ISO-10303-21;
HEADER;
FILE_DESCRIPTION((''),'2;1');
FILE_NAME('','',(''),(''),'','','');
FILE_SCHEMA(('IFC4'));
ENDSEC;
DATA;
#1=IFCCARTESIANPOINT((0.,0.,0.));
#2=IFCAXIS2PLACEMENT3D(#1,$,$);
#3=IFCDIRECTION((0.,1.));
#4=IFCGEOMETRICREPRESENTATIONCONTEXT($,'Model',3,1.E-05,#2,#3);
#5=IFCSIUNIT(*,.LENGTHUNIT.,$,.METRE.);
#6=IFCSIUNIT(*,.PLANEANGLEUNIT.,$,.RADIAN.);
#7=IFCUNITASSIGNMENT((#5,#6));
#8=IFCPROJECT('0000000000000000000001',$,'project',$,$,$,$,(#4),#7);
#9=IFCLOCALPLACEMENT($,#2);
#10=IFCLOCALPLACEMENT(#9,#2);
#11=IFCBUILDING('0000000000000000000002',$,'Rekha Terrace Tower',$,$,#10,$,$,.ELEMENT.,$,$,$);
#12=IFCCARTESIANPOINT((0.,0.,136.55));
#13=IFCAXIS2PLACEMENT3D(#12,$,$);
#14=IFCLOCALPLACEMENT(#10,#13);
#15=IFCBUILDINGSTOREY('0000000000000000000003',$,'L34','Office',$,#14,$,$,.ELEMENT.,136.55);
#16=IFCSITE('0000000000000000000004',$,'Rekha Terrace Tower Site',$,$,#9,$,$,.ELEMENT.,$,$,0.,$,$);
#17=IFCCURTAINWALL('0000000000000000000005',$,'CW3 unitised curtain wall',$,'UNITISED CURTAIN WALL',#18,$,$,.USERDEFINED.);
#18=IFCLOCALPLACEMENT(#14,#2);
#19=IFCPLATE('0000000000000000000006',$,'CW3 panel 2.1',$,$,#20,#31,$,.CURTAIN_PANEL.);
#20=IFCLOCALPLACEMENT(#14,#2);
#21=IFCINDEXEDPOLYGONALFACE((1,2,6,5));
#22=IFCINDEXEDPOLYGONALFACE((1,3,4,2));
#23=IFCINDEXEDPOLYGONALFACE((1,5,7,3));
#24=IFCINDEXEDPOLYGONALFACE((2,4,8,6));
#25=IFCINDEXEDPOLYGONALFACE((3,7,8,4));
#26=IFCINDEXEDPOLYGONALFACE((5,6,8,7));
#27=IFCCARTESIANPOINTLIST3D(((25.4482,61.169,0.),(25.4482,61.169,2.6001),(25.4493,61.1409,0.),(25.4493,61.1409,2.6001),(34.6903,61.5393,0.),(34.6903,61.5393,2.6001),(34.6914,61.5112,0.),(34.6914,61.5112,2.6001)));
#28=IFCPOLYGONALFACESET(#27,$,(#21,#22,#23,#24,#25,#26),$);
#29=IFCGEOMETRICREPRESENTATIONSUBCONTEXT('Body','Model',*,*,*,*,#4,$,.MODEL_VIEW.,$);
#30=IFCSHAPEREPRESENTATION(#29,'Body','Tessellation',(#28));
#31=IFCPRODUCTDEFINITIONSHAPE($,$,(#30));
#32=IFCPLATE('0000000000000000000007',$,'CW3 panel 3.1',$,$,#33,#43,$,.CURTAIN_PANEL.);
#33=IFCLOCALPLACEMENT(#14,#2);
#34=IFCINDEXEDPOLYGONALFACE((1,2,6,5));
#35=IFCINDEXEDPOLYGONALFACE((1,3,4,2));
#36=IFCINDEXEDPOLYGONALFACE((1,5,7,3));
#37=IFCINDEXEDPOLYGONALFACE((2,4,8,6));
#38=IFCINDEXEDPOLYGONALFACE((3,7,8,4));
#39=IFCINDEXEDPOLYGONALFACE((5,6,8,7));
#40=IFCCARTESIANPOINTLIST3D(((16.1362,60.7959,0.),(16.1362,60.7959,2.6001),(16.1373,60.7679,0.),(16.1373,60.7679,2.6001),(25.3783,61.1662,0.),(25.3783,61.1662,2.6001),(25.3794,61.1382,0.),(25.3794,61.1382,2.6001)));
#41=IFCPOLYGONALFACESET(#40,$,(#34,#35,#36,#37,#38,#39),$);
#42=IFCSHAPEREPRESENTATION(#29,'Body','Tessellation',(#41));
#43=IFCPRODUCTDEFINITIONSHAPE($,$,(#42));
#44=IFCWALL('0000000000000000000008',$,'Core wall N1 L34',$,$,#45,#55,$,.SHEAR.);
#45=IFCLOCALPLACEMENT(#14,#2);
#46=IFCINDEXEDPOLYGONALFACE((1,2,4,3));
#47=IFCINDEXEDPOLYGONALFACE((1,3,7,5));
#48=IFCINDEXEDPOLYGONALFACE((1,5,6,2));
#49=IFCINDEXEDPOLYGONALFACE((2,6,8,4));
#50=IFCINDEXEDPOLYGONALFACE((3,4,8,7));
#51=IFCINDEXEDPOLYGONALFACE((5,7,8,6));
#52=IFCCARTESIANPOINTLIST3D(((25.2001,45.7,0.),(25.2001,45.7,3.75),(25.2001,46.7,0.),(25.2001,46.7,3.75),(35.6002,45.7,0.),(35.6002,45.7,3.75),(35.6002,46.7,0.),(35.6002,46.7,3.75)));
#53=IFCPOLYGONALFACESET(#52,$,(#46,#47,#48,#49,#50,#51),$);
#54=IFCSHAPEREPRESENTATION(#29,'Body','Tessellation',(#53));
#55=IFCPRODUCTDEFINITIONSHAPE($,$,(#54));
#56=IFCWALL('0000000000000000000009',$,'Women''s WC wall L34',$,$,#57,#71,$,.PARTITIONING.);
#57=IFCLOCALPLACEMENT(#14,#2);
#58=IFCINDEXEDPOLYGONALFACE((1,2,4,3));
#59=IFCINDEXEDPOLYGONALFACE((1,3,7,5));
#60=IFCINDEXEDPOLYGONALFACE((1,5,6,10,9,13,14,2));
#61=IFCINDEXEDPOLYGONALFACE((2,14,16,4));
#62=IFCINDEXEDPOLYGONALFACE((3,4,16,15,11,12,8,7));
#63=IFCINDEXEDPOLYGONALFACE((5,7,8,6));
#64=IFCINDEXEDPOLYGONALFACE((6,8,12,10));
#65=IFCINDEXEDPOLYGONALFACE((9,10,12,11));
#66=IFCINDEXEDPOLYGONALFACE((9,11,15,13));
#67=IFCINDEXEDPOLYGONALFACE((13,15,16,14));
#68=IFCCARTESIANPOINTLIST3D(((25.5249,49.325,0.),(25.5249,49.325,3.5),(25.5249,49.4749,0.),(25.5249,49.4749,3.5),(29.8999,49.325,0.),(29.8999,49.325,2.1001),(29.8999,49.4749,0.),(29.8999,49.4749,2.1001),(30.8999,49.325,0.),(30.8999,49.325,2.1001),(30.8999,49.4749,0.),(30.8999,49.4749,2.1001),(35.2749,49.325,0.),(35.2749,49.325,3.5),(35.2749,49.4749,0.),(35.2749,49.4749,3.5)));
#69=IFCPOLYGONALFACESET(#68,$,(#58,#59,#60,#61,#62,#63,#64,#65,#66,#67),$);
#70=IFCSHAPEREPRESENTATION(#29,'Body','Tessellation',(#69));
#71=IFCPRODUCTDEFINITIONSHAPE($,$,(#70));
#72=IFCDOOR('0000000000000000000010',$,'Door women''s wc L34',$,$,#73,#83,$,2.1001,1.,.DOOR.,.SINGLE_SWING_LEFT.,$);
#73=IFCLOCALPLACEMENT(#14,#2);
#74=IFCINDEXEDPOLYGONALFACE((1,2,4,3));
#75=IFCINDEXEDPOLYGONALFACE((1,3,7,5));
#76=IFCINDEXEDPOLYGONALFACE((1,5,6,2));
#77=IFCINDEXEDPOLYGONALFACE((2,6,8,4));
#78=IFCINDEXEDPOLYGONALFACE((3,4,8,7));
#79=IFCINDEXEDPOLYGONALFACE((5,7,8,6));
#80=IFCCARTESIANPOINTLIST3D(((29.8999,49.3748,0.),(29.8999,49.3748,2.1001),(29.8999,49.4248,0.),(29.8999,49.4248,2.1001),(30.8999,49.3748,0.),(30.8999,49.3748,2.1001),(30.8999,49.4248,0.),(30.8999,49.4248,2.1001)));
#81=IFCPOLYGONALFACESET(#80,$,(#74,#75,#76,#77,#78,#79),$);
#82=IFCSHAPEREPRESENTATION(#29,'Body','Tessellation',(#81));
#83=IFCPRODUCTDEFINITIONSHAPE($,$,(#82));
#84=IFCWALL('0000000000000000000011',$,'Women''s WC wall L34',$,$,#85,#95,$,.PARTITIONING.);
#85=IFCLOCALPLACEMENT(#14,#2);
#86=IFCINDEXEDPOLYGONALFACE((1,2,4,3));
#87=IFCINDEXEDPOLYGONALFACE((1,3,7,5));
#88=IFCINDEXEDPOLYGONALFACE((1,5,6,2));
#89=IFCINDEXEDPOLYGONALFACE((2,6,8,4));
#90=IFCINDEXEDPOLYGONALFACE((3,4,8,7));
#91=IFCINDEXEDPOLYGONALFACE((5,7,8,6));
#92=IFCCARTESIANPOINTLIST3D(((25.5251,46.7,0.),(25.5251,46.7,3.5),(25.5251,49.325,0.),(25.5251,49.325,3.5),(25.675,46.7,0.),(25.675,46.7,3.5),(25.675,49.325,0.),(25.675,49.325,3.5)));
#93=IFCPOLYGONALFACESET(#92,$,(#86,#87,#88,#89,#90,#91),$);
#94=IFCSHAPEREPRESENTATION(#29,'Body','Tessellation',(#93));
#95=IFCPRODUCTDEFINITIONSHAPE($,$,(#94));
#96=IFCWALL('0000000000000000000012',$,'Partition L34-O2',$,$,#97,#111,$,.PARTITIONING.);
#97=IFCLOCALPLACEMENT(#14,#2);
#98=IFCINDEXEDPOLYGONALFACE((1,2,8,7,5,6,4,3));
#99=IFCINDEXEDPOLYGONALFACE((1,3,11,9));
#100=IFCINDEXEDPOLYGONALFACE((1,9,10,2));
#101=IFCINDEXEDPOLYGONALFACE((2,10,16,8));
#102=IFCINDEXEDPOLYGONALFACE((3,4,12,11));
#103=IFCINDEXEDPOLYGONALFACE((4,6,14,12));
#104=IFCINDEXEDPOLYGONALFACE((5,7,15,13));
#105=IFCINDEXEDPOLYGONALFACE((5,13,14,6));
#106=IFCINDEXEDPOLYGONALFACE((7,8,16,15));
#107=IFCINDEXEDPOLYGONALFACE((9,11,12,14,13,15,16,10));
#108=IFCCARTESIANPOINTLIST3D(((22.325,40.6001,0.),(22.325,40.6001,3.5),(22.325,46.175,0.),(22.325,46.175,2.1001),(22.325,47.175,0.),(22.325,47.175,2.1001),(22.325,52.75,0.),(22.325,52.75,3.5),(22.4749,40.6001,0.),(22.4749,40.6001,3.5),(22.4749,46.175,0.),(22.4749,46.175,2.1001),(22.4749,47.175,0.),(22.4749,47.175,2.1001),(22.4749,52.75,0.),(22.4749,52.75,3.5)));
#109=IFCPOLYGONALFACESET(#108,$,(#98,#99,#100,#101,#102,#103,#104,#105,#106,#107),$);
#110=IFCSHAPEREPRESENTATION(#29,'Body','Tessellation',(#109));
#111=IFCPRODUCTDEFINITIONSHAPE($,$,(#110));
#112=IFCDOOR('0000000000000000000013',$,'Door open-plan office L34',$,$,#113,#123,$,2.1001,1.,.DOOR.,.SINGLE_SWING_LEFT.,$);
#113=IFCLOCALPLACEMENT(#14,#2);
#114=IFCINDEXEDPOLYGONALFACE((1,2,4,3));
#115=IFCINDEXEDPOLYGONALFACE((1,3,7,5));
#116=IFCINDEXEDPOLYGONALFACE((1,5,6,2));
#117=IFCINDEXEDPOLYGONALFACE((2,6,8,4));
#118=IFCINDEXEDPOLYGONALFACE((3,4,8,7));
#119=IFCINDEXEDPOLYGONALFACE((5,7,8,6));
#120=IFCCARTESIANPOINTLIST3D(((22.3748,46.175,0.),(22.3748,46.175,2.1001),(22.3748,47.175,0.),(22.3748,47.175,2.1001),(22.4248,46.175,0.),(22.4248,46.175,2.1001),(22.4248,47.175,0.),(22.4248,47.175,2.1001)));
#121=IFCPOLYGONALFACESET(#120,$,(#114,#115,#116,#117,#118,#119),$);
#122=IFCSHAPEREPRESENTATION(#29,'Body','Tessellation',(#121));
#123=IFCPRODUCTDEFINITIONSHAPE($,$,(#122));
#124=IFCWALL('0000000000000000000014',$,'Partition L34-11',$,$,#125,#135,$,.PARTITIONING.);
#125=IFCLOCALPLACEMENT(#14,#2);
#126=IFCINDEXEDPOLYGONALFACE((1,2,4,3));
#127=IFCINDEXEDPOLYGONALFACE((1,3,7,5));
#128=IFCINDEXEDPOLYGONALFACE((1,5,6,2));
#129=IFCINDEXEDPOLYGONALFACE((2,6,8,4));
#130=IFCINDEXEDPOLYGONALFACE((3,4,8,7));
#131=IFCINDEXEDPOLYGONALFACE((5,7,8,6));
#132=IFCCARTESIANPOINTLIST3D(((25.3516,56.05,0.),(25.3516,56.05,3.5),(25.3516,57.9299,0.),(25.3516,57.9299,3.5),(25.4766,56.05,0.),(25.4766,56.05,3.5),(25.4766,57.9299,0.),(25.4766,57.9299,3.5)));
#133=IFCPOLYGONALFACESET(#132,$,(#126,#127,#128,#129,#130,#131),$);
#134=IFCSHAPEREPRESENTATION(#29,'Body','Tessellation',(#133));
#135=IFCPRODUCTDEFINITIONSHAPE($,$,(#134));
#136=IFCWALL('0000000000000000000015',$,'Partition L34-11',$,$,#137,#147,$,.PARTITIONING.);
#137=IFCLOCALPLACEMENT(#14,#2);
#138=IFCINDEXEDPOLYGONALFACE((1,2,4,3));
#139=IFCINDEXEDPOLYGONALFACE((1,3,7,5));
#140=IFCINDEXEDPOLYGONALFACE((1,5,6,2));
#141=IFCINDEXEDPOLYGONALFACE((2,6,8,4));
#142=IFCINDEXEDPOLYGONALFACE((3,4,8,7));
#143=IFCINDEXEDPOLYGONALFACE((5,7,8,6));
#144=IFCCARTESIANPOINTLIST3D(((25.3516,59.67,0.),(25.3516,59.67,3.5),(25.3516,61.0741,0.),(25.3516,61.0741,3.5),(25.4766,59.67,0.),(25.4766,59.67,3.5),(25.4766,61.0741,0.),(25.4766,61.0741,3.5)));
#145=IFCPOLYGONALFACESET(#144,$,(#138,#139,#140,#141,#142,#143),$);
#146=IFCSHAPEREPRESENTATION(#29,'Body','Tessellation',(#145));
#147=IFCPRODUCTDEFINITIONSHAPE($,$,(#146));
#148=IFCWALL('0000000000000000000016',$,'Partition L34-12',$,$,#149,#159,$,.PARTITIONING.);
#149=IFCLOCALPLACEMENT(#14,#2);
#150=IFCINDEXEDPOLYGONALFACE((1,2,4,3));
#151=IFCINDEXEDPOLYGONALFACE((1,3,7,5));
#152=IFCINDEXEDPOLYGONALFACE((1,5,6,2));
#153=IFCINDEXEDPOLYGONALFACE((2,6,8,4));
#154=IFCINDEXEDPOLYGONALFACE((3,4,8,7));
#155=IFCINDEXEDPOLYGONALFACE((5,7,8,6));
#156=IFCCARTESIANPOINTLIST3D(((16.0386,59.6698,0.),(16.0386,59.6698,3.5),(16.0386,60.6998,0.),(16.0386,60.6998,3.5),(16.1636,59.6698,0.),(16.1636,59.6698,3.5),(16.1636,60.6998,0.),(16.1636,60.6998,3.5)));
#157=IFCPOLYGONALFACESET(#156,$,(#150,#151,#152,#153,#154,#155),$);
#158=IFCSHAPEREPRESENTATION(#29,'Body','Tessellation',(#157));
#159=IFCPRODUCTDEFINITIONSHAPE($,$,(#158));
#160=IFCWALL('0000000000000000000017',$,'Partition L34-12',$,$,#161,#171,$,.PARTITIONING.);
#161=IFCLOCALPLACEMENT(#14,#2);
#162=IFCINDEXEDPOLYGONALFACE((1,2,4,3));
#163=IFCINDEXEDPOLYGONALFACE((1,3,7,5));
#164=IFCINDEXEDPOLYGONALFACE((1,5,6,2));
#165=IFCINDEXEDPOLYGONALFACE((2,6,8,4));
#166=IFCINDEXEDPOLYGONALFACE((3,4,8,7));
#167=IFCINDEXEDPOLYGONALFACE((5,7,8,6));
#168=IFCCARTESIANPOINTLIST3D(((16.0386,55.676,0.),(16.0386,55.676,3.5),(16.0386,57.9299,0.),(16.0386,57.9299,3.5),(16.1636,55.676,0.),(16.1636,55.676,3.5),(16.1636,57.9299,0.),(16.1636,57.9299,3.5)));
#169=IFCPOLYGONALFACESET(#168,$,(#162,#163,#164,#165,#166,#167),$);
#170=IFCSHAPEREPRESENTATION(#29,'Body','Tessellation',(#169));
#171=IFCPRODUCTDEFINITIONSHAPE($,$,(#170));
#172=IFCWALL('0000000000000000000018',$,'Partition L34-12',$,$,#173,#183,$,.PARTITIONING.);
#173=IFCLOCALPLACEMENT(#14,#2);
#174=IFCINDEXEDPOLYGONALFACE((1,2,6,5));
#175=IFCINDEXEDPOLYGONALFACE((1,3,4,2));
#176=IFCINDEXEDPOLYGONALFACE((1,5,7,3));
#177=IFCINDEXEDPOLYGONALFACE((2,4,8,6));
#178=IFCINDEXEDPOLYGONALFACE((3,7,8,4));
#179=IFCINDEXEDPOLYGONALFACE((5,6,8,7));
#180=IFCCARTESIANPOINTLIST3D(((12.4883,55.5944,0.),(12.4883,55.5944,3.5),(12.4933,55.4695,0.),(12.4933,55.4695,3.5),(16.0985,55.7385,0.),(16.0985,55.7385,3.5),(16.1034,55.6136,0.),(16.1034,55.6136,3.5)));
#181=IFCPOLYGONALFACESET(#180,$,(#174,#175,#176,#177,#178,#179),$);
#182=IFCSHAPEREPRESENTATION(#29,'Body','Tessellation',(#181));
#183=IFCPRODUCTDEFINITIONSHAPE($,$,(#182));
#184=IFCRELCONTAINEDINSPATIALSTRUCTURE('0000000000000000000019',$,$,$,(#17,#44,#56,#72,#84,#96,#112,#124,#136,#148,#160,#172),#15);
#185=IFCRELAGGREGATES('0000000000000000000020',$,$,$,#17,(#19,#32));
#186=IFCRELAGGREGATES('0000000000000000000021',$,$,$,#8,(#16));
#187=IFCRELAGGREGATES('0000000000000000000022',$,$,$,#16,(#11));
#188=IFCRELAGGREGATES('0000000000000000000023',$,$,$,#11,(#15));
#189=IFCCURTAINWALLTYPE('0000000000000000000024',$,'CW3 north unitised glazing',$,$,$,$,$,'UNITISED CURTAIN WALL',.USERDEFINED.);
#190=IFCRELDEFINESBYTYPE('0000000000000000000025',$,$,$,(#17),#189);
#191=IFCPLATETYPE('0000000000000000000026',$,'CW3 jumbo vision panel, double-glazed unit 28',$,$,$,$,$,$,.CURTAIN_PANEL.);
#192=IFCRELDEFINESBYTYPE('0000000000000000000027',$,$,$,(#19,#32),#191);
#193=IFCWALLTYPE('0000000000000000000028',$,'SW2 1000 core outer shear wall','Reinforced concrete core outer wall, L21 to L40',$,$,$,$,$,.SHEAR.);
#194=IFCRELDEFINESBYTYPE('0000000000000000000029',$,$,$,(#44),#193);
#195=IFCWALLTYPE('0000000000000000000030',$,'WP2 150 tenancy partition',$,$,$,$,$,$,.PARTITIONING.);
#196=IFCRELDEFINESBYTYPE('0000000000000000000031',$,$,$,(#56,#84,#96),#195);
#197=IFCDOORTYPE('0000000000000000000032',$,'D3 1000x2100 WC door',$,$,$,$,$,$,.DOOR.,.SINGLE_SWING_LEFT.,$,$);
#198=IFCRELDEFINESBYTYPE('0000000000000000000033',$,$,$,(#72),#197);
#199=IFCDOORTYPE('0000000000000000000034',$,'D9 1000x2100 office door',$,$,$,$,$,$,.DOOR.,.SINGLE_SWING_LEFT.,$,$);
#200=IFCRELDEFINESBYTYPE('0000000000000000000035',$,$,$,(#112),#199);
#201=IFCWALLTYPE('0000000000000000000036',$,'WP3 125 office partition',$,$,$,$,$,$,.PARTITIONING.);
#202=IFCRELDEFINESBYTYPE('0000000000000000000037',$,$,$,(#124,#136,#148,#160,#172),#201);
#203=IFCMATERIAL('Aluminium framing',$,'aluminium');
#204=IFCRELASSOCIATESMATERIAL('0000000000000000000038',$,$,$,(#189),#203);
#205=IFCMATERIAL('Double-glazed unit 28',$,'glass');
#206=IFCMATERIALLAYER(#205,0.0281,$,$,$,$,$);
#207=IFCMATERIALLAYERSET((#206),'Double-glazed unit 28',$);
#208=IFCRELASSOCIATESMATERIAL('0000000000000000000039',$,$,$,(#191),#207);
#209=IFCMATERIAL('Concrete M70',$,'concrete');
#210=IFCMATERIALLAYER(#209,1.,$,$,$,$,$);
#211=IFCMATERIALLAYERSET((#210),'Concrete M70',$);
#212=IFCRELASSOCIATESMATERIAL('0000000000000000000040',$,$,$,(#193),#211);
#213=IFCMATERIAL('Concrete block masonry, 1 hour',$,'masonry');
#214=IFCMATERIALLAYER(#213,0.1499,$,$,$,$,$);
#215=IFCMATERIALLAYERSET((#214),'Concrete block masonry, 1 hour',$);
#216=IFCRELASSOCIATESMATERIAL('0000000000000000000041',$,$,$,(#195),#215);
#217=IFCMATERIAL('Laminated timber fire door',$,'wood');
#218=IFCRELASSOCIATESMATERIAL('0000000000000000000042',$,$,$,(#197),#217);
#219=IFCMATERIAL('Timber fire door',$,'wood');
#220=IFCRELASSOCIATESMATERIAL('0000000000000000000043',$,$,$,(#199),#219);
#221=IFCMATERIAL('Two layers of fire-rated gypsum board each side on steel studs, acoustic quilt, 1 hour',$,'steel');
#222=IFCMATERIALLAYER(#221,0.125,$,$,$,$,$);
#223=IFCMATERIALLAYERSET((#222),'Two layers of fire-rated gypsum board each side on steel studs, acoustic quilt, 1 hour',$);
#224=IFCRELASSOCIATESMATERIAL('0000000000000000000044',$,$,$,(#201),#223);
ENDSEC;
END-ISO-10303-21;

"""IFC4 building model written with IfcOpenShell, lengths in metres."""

from ifc_helpers import new_model, si_unit, direction, frame, frame_2d, origin, origin_2d, place, context, subcontext, project, spatial, rectangle, extrude, material, layer, layer_set, type_object, element, fill, aggregate, save


model = new_model("IFC4")

# Units and contexts
model_context = context("Model", 3, precision=1e-05, world=origin(), true_north=direction((0.0, 1.0)))
body_context = subcontext(model_context, "Body", "Model", "MODEL_VIEW")
ifc_project = project(units=[si_unit("LENGTHUNIT", "METRE"), si_unit("PLANEANGLEUNIT", "RADIAN")], contexts=[model_context])

# Site, building, storey
site_placement = place(None, origin())
site = spatial("IfcSite", under=ifc_project, at=site_placement, Name="Rekha Terrace Tower Site", CompositionType="ELEMENT", RefElevation=0.0)
building_placement = place(site_placement, origin())
building = spatial("IfcBuilding", under=site, at=building_placement, Name="Rekha Terrace Tower", CompositionType="ELEMENT")
storey_placement = place(building_placement, frame((0.0, 0.0, 136.55)))
storey = spatial("IfcBuildingStorey", under=building, at=storey_placement, Name="L34", Description="Office", CompositionType="ELEMENT", Elevation=136.55)

# Shared definitions
ifc_material_1 = material(Name="Concrete M70", Category="concrete")

# Curtain wall, plates
ifc_material_2 = material(Name="Aluminium framing", Category="aluminium")
curtain_wall_type = type_object("IfcCurtainWallType", Name="CW3 north unitised glazing", ElementType="UNITISED CURTAIN WALL", PredefinedType="USERDEFINED", material=ifc_material_2)
curtain_wall_placement = place(storey_placement, origin())
curtain_wall = element("IfcCurtainWall", 1, at=curtain_wall_placement, inside=storey, type_object=curtain_wall_type, Name="CW3 unitised curtain wall", ObjectType="UNITISED CURTAIN WALL", PredefinedType="USERDEFINED")
ifc_material_3 = material(Name="Double-glazed unit 28", Category="glass")
ifc_layer_1 = layer(ifc_material_3, 0.0281)
ifc_layer_set_1 = layer_set([ifc_layer_1], Name="Double-glazed unit 28")
plate_type = type_object("IfcPlateType", Name="CW3 jumbo vision panel, double-glazed unit 28", PredefinedType="CURTAIN_PANEL", material=ifc_layer_set_1)
plate_1_placement = place(storey_placement, frame((30.0698, 61.3401, 0.0), z_axis=(0.0, 0.0, 1.0), x_axis=(-0.999198, -0.040032, 0.0)))
plate_1 = element("IfcPlate", 2, at=plate_1_placement, type_object=plate_type, Name="CW3 panel 2.1", PredefinedType="CURTAIN_PANEL", context=body_context, shape_type="SweptSolid", body=[
    extrude(rectangle(XDim=9.2495, YDim=0.0281, at=origin_2d()), origin(), (0.0, 0.0, 1.0), 2.6001),
])
plate_2_placement = place(storey_placement, frame((20.7578, 60.967, 0.0), z_axis=(0.0, 0.0, 1.0), x_axis=(-0.999198, -0.040032, 0.0)))
plate_2 = element("IfcPlate", 3, at=plate_2_placement, type_object=plate_type, Name="CW3 panel 3.1", PredefinedType="CURTAIN_PANEL", context=body_context, shape_type="SweptSolid", body=[
    extrude(rectangle(XDim=9.2495, YDim=0.0281, at=origin_2d()), origin(), (0.0, 0.0, 1.0), 2.6001),
])
aggregate(curtain_wall, [plate_1, plate_2])

# Wall
ifc_layer_2 = layer(ifc_material_1, 1.0)
ifc_layer_set_2 = layer_set([ifc_layer_2], Name="Concrete M70")
wall_type_1 = type_object("IfcWallType", Name="SW2 1000 core outer shear wall", Description="Reinforced concrete core outer wall, L21 to L40", PredefinedType="SHEAR", material=ifc_layer_set_2)
wall_1_placement = place(storey_placement, frame((25.2, 46.2, 0.0), z_axis=(0.0, 0.0, 1.0), x_axis=(1.0, 0.0, 0.0)))
element("IfcWall", 4, at=wall_1_placement, inside=storey, type_object=wall_type_1, Name="Core wall N1 L34", PredefinedType="SHEAR", context=body_context, shape_type="SweptSolid", body=[
    extrude(rectangle(XDim=10.4001, YDim=1.0, at=frame_2d((5.2002, 0.0))), origin(), (0.0, 0.0, 1.0), 3.75),
])

# Wall, opening, door
ifc_material_4 = material(Name="Concrete block masonry, 1 hour", Category="masonry")
ifc_layer_3 = layer(ifc_material_4, 0.1499)
ifc_layer_set_3 = layer_set([ifc_layer_3], Name="Concrete block masonry, 1 hour")
wall_type_2 = type_object("IfcWallType", Name="WP2 150 tenancy partition", PredefinedType="PARTITIONING", material=ifc_layer_set_3)
wall_2_placement = place(storey_placement, frame((25.5249, 49.3999, 0.0), z_axis=(0.0, 0.0, 1.0), x_axis=(1.0, 0.0, 0.0)))
wall_2 = element("IfcWall", 5, at=wall_2_placement, inside=storey, type_object=wall_type_2, Name="Women's WC wall L34", PredefinedType="PARTITIONING", context=body_context, shape_type="SweptSolid", body=[
    extrude(rectangle(XDim=9.75, YDim=0.1499, at=frame_2d((4.875, 0.0))), origin(), (0.0, 0.0, 1.0), 3.5),
])
opening_1_placement = place(wall_2_placement, frame((4.375, 0.0, 0.0)))
opening_1 = element("IfcOpeningElement", 6, at=opening_1_placement, cuts=wall_2, PredefinedType="OPENING", context=body_context, shape_type="SweptSolid", body=[
    extrude(rectangle(XDim=1.0, YDim=2.1001, at=frame_2d((0.5, 1.05))), frame((0.0, 0.085, 0.0), z_axis=(0.0, -1.0, 0.0), x_axis=(1.0, 0.0, 0.0)), (0.0, 0.0, 1.0), 0.1699),
])
ifc_material_5 = material(Name="Laminated timber fire door", Category="wood")
door_type_1 = type_object("IfcDoorType", Name="D3 1000x2100 WC door", OperationType="SINGLE_SWING_LEFT", PredefinedType="DOOR", material=ifc_material_5)
door_1_placement = place(opening_1_placement, origin())
door_1 = element("IfcDoor", 7, at=door_1_placement, inside=storey, type_object=door_type_1, Name="Door women's wc L34", OperationType="SINGLE_SWING_LEFT", OverallHeight=2.1001, OverallWidth=1.0, PredefinedType="DOOR", context=body_context, shape_type="SweptSolid", body=[
    extrude(rectangle(XDim=1.0, YDim=2.1001, at=frame_2d((0.5, 1.05))), frame((0.0, 0.0249, 0.0), z_axis=(0.0, -1.0, 0.0), x_axis=(1.0, 0.0, 0.0)), (0.0, 0.0, 1.0), 0.05),
])
fill(opening_1, door_1)

# Wall
wall_3_placement = place(storey_placement, frame((25.6001, 46.7, 0.0), z_axis=(0.0, 0.0, 1.0), x_axis=(0.0, 1.0, 0.0)))
element("IfcWall", 8, at=wall_3_placement, inside=storey, type_object=wall_type_2, Name="Women's WC wall L34", PredefinedType="PARTITIONING", context=body_context, shape_type="SweptSolid", body=[
    extrude(rectangle(XDim=2.625, YDim=0.1499, at=frame_2d((1.3125, 0.0))), origin(), (0.0, 0.0, 1.0), 3.5),
])

# Wall, opening, door
wall_4_placement = place(storey_placement, frame((22.3999, 52.75, 0.0), z_axis=(0.0, 0.0, 1.0), x_axis=(0.0, -1.0, 0.0)))
wall_4 = element("IfcWall", 9, at=wall_4_placement, inside=storey, type_object=wall_type_2, Name="Partition L34-O2", PredefinedType="PARTITIONING", context=body_context, shape_type="SweptSolid", body=[
    extrude(rectangle(XDim=12.1499, YDim=0.1499, at=frame_2d((6.075, 0.0))), origin(), (0.0, 0.0, 1.0), 3.5),
])
opening_2_placement = place(wall_4_placement, frame((5.575, 0.0, 0.0)))
opening_2 = element("IfcOpeningElement", 10, at=opening_2_placement, cuts=wall_4, PredefinedType="OPENING", context=body_context, shape_type="SweptSolid", body=[
    extrude(rectangle(XDim=1.0, YDim=2.1001, at=frame_2d((0.5, 1.05))), frame((0.0, 0.085, 0.0), z_axis=(0.0, -1.0, 0.0), x_axis=(1.0, 0.0, 0.0)), (0.0, 0.0, 1.0), 0.1699),
])
ifc_material_6 = material(Name="Timber fire door", Category="wood")
door_type_2 = type_object("IfcDoorType", Name="D9 1000x2100 office door", OperationType="SINGLE_SWING_LEFT", PredefinedType="DOOR", material=ifc_material_6)
door_2_placement = place(opening_2_placement, origin())
door_2 = element("IfcDoor", 11, at=door_2_placement, inside=storey, type_object=door_type_2, Name="Door open-plan office L34", OperationType="SINGLE_SWING_LEFT", OverallHeight=2.1001, OverallWidth=1.0, PredefinedType="DOOR", context=body_context, shape_type="SweptSolid", body=[
    extrude(rectangle(XDim=1.0, YDim=2.1001, at=frame_2d((0.5, 1.05))), frame((0.0, 0.0249, 0.0), z_axis=(0.0, -1.0, 0.0), x_axis=(1.0, 0.0, 0.0)), (0.0, 0.0, 1.0), 0.05),
])
fill(opening_2, door_2)

# Walls
ifc_material_7 = material(Name="Two layers of fire-rated gypsum board each side on steel studs, acoustic quilt, 1 hour", Category="steel")
ifc_layer_4 = layer(ifc_material_7, 0.125)
ifc_layer_set_4 = layer_set([ifc_layer_4], Name="Two layers of fire-rated gypsum board each side on steel studs, acoustic quilt, 1 hour")
wall_type_3 = type_object("IfcWallType", Name="WP3 125 office partition", PredefinedType="PARTITIONING", material=ifc_layer_set_4)
wall_5_placement = place(storey_placement, frame((25.4141, 56.05, 0.0), z_axis=(0.0, 0.0, 1.0), x_axis=(0.0, 1.0, 0.0)))
element("IfcWall", 12, at=wall_5_placement, inside=storey, type_object=wall_type_3, Name="Partition L34-11", PredefinedType="PARTITIONING", context=body_context, shape_type="SweptSolid", body=[
    extrude(rectangle(XDim=1.8799, YDim=0.125, at=frame_2d((0.9399, 0.0))), origin(), (0.0, 0.0, 1.0), 3.5),
])
wall_6_placement = place(storey_placement, frame((25.4141, 59.6699, 0.0), z_axis=(0.0, 0.0, 1.0), x_axis=(0.0, 1.0, 0.0)))
element("IfcWall", 13, at=wall_6_placement, inside=storey, type_object=wall_type_3, Name="Partition L34-11", PredefinedType="PARTITIONING", context=body_context, shape_type="SweptSolid", body=[
    extrude(rectangle(XDim=1.4041, YDim=0.125, at=frame_2d((0.7021, 0.0))), origin(), (0.0, 0.0, 1.0), 3.5),
])
wall_7_placement = place(storey_placement, frame((16.1011, 60.7, 0.0), z_axis=(0.0, 0.0, 1.0), x_axis=(0.0, -1.0, 0.0)))
element("IfcWall", 14, at=wall_7_placement, inside=storey, type_object=wall_type_3, Name="Partition L34-12", PredefinedType="PARTITIONING", context=body_context, shape_type="SweptSolid", body=[
    extrude(rectangle(XDim=1.03, YDim=0.125, at=frame_2d((0.5151, 0.0))), origin(), (0.0, 0.0, 1.0), 3.5),
])
wall_8_placement = place(storey_placement, frame((16.1011, 57.9299, 0.0), z_axis=(0.0, 0.0, 1.0), x_axis=(0.0, -1.0, 0.0)))
element("IfcWall", 15, at=wall_8_placement, inside=storey, type_object=wall_type_3, Name="Partition L34-12", PredefinedType="PARTITIONING", context=body_context, shape_type="SweptSolid", body=[
    extrude(rectangle(XDim=2.2539, YDim=0.125, at=frame_2d((1.127, 0.0))), origin(), (0.0, 0.0, 1.0), 3.5),
])
wall_9_placement = place(storey_placement, frame((16.1011, 55.676, 0.0), z_axis=(0.0, 0.0, 1.0), x_axis=(-0.999205, -0.039868, 0.0)))
element("IfcWall", 16, at=wall_9_placement, inside=storey, type_object=wall_type_3, Name="Partition L34-12", PredefinedType="PARTITIONING", context=body_context, shape_type="SweptSolid", body=[
    extrude(rectangle(XDim=3.613, YDim=0.125, at=frame_2d((1.8066, 0.0))), origin(), (0.0, 0.0, 1.0), 3.5),
])

save(model, "model.ifc")
